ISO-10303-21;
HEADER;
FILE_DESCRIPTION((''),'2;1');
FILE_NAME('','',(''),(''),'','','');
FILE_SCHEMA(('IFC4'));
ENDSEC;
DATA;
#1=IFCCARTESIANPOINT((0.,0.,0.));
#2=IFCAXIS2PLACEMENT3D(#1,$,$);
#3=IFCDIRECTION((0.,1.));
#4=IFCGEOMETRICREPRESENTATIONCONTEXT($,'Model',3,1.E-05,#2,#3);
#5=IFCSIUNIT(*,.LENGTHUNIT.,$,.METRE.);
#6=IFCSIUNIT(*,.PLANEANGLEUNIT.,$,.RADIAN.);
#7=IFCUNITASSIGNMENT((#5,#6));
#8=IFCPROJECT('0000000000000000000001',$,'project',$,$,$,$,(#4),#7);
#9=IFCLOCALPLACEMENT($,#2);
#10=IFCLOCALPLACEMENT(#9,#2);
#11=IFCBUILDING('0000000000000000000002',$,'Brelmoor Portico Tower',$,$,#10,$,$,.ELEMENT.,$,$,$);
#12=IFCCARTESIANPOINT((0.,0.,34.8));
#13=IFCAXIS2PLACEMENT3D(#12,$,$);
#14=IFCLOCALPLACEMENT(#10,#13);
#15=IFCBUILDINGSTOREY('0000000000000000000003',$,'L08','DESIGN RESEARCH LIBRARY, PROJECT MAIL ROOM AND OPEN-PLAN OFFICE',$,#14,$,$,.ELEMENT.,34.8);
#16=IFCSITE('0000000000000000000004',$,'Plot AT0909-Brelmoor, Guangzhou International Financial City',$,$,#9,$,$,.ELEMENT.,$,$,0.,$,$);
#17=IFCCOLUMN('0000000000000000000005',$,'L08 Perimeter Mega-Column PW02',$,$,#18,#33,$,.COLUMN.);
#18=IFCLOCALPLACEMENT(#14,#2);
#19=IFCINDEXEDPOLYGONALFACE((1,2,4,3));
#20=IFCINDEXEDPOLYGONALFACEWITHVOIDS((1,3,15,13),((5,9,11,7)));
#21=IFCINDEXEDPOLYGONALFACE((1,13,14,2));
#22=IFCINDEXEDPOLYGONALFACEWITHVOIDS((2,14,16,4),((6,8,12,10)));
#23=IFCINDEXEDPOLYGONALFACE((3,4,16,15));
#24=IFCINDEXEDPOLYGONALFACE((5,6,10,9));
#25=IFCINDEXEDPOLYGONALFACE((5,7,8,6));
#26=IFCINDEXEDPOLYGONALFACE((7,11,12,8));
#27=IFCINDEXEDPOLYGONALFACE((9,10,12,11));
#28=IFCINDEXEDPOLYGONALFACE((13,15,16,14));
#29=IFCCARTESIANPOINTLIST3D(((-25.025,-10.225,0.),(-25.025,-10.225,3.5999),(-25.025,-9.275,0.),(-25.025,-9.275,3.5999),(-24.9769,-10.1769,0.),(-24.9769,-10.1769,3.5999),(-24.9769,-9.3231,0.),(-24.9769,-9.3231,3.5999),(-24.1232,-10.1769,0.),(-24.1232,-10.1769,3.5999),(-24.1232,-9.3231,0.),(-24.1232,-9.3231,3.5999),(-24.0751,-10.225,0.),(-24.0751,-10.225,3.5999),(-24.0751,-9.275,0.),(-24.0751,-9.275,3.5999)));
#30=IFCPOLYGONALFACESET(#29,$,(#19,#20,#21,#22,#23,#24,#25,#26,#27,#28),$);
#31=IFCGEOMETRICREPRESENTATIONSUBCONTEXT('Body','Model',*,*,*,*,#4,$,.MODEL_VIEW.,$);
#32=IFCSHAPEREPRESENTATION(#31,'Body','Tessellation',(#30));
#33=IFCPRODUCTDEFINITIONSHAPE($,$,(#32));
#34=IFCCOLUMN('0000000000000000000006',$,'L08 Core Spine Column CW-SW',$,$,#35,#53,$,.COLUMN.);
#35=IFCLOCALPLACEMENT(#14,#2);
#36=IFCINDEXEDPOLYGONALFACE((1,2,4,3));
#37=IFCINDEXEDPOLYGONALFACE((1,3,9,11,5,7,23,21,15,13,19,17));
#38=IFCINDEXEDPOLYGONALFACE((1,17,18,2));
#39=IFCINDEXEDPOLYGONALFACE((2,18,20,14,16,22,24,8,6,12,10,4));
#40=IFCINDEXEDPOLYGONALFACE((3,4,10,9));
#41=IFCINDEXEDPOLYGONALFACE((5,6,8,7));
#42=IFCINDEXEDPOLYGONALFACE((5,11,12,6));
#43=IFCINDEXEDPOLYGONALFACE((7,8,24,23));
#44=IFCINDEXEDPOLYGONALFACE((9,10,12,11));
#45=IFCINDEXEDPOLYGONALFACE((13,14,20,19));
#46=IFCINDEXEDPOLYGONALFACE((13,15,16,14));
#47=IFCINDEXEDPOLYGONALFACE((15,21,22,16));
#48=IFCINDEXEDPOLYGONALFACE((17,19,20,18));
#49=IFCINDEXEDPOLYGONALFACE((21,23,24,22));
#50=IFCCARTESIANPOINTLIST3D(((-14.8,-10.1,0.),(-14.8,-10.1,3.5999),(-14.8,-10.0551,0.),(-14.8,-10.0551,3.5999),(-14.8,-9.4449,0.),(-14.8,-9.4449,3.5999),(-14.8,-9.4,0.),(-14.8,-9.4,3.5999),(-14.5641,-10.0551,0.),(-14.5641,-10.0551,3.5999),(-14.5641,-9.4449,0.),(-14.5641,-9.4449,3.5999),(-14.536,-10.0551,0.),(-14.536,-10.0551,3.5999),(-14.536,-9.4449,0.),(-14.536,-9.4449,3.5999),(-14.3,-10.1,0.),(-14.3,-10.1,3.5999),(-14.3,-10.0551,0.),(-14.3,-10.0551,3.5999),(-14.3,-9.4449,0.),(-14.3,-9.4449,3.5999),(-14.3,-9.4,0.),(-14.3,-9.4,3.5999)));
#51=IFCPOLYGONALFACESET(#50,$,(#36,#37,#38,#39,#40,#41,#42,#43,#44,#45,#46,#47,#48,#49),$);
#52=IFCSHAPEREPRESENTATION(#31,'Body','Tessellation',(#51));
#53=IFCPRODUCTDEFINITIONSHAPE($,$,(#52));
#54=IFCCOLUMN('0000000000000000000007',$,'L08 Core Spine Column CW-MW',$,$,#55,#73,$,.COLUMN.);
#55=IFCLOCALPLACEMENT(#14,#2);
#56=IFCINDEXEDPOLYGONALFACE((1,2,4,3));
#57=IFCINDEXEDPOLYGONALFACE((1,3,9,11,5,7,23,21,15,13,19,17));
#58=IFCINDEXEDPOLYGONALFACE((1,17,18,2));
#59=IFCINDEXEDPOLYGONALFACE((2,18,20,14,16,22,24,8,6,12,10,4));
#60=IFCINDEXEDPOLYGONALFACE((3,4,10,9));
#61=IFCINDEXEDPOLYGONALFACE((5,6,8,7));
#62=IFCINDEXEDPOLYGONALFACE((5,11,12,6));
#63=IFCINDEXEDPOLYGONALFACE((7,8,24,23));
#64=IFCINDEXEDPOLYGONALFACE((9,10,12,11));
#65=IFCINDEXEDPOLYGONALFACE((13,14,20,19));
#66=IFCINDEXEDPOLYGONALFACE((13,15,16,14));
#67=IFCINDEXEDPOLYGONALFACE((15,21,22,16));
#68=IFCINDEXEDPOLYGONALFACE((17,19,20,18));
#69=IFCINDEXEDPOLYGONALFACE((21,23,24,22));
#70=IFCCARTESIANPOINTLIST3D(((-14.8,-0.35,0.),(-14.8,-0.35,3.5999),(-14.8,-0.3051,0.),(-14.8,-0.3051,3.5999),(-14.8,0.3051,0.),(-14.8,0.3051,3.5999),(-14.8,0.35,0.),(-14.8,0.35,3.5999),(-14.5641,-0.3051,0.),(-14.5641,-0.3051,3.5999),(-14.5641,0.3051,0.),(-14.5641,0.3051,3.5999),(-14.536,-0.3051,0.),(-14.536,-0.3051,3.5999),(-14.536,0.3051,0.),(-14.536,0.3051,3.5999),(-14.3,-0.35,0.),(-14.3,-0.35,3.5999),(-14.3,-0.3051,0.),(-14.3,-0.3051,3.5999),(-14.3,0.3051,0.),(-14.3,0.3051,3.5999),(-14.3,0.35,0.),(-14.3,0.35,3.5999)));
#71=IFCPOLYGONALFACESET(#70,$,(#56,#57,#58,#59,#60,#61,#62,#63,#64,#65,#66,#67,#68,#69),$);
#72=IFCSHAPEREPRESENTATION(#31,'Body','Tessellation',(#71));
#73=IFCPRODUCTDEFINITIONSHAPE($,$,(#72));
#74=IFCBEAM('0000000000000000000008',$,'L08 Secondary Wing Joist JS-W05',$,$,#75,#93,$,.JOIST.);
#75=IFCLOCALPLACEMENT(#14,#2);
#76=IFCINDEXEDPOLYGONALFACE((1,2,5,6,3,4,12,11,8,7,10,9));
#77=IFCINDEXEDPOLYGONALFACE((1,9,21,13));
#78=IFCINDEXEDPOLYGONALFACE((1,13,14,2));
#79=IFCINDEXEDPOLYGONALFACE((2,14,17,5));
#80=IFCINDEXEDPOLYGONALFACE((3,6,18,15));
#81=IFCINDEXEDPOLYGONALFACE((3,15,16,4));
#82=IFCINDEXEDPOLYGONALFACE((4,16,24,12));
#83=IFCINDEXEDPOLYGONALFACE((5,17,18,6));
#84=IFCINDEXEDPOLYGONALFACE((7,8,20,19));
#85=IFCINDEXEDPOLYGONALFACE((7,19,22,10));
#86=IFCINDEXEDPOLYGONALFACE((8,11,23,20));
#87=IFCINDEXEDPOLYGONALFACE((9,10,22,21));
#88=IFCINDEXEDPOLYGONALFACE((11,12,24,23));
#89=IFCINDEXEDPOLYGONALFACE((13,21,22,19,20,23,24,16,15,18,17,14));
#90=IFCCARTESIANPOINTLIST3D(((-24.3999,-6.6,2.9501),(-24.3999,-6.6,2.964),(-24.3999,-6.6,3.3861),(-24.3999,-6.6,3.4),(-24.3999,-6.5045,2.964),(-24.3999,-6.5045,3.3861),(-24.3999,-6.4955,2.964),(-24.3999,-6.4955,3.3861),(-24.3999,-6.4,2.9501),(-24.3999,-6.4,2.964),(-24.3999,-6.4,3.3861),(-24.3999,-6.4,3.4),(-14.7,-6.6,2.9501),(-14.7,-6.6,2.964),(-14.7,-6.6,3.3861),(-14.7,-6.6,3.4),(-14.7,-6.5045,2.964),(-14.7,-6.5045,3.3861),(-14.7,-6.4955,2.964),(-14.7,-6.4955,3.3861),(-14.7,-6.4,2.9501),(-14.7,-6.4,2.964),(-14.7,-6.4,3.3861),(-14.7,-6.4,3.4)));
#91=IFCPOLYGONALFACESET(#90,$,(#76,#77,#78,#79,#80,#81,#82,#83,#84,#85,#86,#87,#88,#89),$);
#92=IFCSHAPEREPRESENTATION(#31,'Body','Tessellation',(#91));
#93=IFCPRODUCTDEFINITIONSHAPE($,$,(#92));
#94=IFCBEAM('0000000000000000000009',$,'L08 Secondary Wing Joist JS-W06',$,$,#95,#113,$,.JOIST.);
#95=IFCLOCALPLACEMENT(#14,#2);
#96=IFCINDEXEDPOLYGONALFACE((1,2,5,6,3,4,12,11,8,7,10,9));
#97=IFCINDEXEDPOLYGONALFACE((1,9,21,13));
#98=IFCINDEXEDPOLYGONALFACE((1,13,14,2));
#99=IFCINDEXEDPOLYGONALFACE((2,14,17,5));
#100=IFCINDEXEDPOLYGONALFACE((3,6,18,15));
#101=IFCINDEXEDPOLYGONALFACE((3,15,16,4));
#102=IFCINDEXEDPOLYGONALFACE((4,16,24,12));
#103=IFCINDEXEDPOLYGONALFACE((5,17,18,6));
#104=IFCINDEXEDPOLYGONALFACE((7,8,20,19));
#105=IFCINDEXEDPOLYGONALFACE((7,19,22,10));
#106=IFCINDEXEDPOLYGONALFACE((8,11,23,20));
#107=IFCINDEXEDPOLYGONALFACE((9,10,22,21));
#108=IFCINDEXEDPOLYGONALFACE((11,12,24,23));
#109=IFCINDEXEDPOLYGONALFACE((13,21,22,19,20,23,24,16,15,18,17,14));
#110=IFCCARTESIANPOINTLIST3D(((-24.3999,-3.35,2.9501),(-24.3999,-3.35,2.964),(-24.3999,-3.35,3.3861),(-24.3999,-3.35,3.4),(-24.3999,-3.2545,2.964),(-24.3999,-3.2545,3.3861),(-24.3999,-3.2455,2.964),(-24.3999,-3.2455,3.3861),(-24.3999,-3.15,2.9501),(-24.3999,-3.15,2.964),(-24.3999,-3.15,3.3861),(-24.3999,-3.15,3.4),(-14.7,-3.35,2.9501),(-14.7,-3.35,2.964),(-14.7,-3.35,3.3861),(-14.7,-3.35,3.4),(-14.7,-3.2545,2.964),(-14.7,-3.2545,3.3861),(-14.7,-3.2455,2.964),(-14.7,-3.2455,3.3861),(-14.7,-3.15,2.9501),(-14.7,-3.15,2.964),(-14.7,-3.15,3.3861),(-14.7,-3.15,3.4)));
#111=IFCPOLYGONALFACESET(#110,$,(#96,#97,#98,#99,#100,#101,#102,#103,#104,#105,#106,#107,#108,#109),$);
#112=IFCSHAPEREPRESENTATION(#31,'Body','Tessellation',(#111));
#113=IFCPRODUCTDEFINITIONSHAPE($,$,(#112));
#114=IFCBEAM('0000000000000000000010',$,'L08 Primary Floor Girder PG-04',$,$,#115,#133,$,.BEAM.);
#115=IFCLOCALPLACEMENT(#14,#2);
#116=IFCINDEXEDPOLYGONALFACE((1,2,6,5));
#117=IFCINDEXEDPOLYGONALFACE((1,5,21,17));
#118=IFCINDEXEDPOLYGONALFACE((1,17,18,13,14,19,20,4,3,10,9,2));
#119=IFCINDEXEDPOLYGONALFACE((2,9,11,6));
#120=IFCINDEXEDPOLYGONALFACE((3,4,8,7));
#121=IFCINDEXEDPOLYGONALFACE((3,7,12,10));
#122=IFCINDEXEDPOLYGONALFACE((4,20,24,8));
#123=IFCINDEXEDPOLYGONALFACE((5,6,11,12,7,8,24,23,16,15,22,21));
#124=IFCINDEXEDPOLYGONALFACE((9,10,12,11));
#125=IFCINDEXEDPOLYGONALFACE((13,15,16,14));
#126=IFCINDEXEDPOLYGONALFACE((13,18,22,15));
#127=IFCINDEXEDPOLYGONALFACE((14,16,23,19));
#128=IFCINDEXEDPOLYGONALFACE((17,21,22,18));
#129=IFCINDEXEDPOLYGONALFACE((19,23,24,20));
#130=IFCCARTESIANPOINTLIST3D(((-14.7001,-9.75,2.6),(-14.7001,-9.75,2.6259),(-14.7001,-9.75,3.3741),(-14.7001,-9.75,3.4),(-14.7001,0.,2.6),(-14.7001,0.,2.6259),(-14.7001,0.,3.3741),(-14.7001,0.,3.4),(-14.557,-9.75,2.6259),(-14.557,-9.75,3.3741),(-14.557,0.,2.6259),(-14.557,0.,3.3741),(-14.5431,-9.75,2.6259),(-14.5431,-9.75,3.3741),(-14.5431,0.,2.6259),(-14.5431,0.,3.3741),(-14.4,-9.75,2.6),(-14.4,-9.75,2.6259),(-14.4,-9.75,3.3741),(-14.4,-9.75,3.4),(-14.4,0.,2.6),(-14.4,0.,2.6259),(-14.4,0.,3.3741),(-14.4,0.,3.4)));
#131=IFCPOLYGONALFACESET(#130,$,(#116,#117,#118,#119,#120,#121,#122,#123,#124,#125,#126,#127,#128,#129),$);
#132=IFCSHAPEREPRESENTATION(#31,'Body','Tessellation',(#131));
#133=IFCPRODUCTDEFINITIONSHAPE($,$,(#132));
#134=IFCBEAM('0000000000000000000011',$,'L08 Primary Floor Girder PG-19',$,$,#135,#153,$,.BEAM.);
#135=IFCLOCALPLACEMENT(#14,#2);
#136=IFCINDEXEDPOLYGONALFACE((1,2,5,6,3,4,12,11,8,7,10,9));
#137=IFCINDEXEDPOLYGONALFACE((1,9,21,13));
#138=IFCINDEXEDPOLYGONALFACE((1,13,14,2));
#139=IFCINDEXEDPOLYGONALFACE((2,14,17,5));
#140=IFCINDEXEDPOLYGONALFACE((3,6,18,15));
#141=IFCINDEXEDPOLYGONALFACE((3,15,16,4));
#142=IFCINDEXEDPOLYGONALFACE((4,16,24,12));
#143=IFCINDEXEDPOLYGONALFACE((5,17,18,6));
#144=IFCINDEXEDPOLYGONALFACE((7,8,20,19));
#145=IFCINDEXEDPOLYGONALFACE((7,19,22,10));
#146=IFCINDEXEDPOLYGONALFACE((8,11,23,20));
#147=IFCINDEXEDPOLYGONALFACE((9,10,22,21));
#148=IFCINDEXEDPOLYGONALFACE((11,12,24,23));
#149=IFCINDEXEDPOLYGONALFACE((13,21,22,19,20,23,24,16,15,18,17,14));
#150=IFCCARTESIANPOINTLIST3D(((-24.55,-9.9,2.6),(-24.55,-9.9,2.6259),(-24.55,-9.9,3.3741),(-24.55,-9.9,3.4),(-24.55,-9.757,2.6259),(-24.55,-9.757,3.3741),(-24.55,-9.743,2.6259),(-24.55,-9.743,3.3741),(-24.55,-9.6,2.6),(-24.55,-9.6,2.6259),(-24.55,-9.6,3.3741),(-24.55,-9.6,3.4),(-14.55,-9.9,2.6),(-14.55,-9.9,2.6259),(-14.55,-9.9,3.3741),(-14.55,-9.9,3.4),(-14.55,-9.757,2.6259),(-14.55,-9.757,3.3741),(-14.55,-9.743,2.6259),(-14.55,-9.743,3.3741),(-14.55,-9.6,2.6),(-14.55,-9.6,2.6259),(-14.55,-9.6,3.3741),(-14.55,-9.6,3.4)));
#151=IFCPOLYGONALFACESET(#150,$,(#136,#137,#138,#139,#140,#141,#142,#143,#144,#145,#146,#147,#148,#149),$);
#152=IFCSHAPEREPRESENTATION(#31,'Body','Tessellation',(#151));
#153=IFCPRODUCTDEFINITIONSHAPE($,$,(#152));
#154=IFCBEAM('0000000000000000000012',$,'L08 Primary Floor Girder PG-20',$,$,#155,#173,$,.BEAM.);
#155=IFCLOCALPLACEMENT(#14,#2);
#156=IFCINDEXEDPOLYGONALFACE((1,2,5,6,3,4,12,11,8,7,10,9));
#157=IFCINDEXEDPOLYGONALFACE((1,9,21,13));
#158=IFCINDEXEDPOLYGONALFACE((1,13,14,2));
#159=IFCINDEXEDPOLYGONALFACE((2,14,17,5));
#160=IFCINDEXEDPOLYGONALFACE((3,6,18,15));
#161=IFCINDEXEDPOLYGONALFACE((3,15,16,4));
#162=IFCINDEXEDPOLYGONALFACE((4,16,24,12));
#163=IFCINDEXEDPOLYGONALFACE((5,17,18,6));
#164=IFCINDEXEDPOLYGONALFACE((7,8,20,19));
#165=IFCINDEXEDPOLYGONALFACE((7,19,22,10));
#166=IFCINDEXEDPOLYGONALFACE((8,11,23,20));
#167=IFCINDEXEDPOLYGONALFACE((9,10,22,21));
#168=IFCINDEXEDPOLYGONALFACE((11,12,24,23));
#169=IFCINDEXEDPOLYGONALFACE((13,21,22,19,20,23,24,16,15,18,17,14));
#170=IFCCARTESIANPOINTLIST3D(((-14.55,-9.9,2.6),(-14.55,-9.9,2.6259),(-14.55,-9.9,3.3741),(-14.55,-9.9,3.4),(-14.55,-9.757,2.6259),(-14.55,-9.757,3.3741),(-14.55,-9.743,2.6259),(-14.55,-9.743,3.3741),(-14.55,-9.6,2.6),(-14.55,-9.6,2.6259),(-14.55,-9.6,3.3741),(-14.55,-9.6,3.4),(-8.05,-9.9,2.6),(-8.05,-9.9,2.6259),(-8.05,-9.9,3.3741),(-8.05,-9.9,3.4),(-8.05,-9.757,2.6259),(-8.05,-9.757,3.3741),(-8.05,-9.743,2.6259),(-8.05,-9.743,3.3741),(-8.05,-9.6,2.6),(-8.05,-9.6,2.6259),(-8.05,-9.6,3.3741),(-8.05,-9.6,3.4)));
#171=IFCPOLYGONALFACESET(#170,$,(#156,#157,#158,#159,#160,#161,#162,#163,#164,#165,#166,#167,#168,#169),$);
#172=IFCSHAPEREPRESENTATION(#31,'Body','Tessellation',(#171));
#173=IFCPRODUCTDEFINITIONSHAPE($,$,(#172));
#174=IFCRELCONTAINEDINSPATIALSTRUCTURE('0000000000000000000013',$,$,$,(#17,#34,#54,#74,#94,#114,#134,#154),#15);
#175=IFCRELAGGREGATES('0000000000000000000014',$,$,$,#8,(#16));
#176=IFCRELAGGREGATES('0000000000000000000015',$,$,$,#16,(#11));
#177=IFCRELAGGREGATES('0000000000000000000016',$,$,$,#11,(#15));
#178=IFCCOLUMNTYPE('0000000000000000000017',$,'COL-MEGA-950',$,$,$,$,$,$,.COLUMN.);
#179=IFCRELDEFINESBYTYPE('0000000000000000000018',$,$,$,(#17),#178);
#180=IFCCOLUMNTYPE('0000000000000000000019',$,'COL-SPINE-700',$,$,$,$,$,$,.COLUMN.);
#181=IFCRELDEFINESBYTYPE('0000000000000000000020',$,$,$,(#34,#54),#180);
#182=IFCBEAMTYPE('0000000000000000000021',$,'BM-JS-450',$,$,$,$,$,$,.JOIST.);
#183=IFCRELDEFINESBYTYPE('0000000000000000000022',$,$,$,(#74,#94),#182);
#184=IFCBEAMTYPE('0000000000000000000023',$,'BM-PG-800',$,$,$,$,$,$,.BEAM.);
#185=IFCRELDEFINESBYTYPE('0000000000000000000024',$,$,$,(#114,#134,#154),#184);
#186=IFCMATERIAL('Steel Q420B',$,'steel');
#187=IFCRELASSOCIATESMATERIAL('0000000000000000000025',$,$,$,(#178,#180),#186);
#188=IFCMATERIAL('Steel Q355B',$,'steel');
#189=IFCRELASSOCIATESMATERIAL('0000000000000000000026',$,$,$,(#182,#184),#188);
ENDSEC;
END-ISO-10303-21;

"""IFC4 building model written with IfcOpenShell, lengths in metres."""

from ifc_helpers import new_model, si_unit, direction, frame, origin, origin_2d, place, context, subcontext, project, spatial, hollow_rectangle, i_section, extrude, material, material_profile, profile_set, type_object, element, save


model = new_model("IFC4")

# Units and contexts
model_context = context("Model", 3, precision=1e-05, world=origin(), true_north=direction((0.0, 1.0)))
body_context = subcontext(model_context, "Body", "Model", "MODEL_VIEW")
ifc_project = project(units=[si_unit("LENGTHUNIT", "METRE"), si_unit("PLANEANGLEUNIT", "RADIAN")], contexts=[model_context])

# Site, building, storey
site_placement = place(None, origin())
site = spatial("IfcSite", under=ifc_project, at=site_placement, Name="Plot AT0909-Brelmoor, Guangzhou International Financial City", CompositionType="ELEMENT", RefElevation=0.0)
building_placement = place(site_placement, origin())
building = spatial("IfcBuilding", under=site, at=building_placement, Name="Brelmoor Portico Tower", CompositionType="ELEMENT")
storey_placement = place(building_placement, frame((0.0, 0.0, 34.8)))
storey = spatial("IfcBuildingStorey", under=building, at=storey_placement, Name="L08", Description="DESIGN RESEARCH LIBRARY, PROJECT MAIL ROOM AND OPEN-PLAN OFFICE", CompositionType="ELEMENT", Elevation=34.8)

# Columns
ifc_material_1 = material(Name="Steel Q420B", Category="steel")
ifc_material_profile_1 = material_profile(ifc_material_1, hollow_rectangle(XDim=0.95, YDim=0.95, WallThickness=0.0481, at=origin_2d()), Name="BOX 950x950x48")
ifc_profile_set_1 = profile_set([ifc_material_profile_1], Name="Steel Q420B")
column_type_1 = type_object("IfcColumnType", Name="COL-MEGA-950", PredefinedType="COLUMN", material=ifc_profile_set_1)
column_placement = place(storey_placement, frame((-24.55, -9.75, 0.0), z_axis=(0.0, 0.0, 1.0), x_axis=(0.0, 1.0, 0.0)))
element("IfcColumn", 1, at=column_placement, inside=storey, type_object=column_type_1, Name="L08 Perimeter Mega-Column PW02", PredefinedType="COLUMN", context=body_context, shape_type="SweptSolid", body=[
    extrude(hollow_rectangle(XDim=0.95, YDim=0.95, WallThickness=0.0481, at=origin_2d()), origin(), (0.0, 0.0, 1.0), 3.5999),
])
ifc_material_profile_2 = material_profile(ifc_material_1, i_section(OverallWidth=0.5, OverallDepth=0.7, WebThickness=0.0281, FlangeThickness=0.0449, at=origin_2d()), Name="HW 700x500x28x45")
ifc_profile_set_2 = profile_set([ifc_material_profile_2], Name="Steel Q420B")
column_type_2 = type_object("IfcColumnType", Name="COL-SPINE-700", PredefinedType="COLUMN", material=ifc_profile_set_2)
for number, where, z_axis, x_axis, name in (
    (2, (-14.55, -9.75, 0.0), (0.0, 0.0, 1.0), (1.0, 0.0, 0.0), "L08 Core Spine Column CW-SW"),
    (3, (-14.55, 0.0, 0.0), (0.0, 0.0, 1.0), (1.0, 0.0, 0.0), "L08 Core Spine Column CW-MW"),
):
    element("IfcColumn", number, at=place(storey_placement, frame(where, z_axis=z_axis, x_axis=x_axis)), inside=storey, type_object=column_type_2, Name=name, PredefinedType="COLUMN", context=body_context, shape_type="SweptSolid", body=[
        extrude(i_section(OverallWidth=0.5, OverallDepth=0.7, WebThickness=0.0281, FlangeThickness=0.0449, at=origin_2d()), origin(), (0.0, 0.0, 1.0), 3.5999),
    ])

# Beams
ifc_material_2 = material(Name="Steel Q355B", Category="steel")
ifc_material_profile_3 = material_profile(ifc_material_2, i_section(OverallWidth=0.2, OverallDepth=0.45, WebThickness=0.009, FlangeThickness=0.0139, at=origin_2d()), Name="HN 450x200x9x14")
ifc_profile_set_3 = profile_set([ifc_material_profile_3], Name="Steel Q355B")
beam_type_1 = type_object("IfcBeamType", Name="BM-JS-450", PredefinedType="JOIST", material=ifc_profile_set_3)
for number, where, z_axis, x_axis, name in (
    (4, (-24.3999, -6.5, 3.175), (1.0, 0.0, 0.0), (0.0, 1.0, 0.0), "L08 Secondary Wing Joist JS-W05"),
    (5, (-24.3999, -3.25, 3.175), (1.0, 0.0, 0.0), (0.0, 1.0, 0.0), "L08 Secondary Wing Joist JS-W06"),
):
    element("IfcBeam", number, at=place(storey_placement, frame(where, z_axis=z_axis, x_axis=x_axis)), inside=storey, type_object=beam_type_1, Name=name, PredefinedType="JOIST", context=body_context, shape_type="SweptSolid", body=[
        extrude(i_section(OverallWidth=0.2, OverallDepth=0.45, WebThickness=0.009, FlangeThickness=0.0139, at=origin_2d()), origin(), (0.0, 0.0, 1.0), 9.7),
    ])
ifc_material_profile_4 = material_profile(ifc_material_2, i_section(OverallWidth=0.3, OverallDepth=0.8, WebThickness=0.0139, FlangeThickness=0.0259, at=origin_2d()), Name="HN 800x300x14x26")
ifc_profile_set_4 = profile_set([ifc_material_profile_4], Name="Steel Q355B")
beam_type_2 = type_object("IfcBeamType", Name="BM-PG-800", PredefinedType="BEAM", material=ifc_profile_set_4)
beam_1_placement = place(storey_placement, frame((-14.55, -9.75, 3.0), z_axis=(0.0, 1.0, 0.0), x_axis=(-1.0, 0.0, 0.0)))
element("IfcBeam", 6, at=beam_1_placement, inside=storey, type_object=beam_type_2, Name="L08 Primary Floor Girder PG-04", PredefinedType="BEAM", context=body_context, shape_type="SweptSolid", body=[
    extrude(i_section(OverallWidth=0.3, OverallDepth=0.8, WebThickness=0.0139, FlangeThickness=0.0259, at=origin_2d()), origin(), (0.0, 0.0, 1.0), 9.75),
])
beam_2_placement = place(storey_placement, frame((-24.55, -9.75, 3.0), z_axis=(1.0, 0.0, 0.0), x_axis=(0.0, 1.0, 0.0)))
element("IfcBeam", 7, at=beam_2_placement, inside=storey, type_object=beam_type_2, Name="L08 Primary Floor Girder PG-19", PredefinedType="BEAM", context=body_context, shape_type="SweptSolid", body=[
    extrude(i_section(OverallWidth=0.3, OverallDepth=0.8, WebThickness=0.0139, FlangeThickness=0.0259, at=origin_2d()), origin(), (0.0, 0.0, 1.0), 10.0),
])
beam_3_placement = place(storey_placement, frame((-14.55, -9.75, 3.0), z_axis=(1.0, 0.0, 0.0), x_axis=(0.0, 1.0, 0.0)))
element("IfcBeam", 8, at=beam_3_placement, inside=storey, type_object=beam_type_2, Name="L08 Primary Floor Girder PG-20", PredefinedType="BEAM", context=body_context, shape_type="SweptSolid", body=[
    extrude(i_section(OverallWidth=0.3, OverallDepth=0.8, WebThickness=0.0139, FlangeThickness=0.0259, at=origin_2d()), origin(), (0.0, 0.0, 1.0), 6.5),
])

save(model, "model.ifc")
